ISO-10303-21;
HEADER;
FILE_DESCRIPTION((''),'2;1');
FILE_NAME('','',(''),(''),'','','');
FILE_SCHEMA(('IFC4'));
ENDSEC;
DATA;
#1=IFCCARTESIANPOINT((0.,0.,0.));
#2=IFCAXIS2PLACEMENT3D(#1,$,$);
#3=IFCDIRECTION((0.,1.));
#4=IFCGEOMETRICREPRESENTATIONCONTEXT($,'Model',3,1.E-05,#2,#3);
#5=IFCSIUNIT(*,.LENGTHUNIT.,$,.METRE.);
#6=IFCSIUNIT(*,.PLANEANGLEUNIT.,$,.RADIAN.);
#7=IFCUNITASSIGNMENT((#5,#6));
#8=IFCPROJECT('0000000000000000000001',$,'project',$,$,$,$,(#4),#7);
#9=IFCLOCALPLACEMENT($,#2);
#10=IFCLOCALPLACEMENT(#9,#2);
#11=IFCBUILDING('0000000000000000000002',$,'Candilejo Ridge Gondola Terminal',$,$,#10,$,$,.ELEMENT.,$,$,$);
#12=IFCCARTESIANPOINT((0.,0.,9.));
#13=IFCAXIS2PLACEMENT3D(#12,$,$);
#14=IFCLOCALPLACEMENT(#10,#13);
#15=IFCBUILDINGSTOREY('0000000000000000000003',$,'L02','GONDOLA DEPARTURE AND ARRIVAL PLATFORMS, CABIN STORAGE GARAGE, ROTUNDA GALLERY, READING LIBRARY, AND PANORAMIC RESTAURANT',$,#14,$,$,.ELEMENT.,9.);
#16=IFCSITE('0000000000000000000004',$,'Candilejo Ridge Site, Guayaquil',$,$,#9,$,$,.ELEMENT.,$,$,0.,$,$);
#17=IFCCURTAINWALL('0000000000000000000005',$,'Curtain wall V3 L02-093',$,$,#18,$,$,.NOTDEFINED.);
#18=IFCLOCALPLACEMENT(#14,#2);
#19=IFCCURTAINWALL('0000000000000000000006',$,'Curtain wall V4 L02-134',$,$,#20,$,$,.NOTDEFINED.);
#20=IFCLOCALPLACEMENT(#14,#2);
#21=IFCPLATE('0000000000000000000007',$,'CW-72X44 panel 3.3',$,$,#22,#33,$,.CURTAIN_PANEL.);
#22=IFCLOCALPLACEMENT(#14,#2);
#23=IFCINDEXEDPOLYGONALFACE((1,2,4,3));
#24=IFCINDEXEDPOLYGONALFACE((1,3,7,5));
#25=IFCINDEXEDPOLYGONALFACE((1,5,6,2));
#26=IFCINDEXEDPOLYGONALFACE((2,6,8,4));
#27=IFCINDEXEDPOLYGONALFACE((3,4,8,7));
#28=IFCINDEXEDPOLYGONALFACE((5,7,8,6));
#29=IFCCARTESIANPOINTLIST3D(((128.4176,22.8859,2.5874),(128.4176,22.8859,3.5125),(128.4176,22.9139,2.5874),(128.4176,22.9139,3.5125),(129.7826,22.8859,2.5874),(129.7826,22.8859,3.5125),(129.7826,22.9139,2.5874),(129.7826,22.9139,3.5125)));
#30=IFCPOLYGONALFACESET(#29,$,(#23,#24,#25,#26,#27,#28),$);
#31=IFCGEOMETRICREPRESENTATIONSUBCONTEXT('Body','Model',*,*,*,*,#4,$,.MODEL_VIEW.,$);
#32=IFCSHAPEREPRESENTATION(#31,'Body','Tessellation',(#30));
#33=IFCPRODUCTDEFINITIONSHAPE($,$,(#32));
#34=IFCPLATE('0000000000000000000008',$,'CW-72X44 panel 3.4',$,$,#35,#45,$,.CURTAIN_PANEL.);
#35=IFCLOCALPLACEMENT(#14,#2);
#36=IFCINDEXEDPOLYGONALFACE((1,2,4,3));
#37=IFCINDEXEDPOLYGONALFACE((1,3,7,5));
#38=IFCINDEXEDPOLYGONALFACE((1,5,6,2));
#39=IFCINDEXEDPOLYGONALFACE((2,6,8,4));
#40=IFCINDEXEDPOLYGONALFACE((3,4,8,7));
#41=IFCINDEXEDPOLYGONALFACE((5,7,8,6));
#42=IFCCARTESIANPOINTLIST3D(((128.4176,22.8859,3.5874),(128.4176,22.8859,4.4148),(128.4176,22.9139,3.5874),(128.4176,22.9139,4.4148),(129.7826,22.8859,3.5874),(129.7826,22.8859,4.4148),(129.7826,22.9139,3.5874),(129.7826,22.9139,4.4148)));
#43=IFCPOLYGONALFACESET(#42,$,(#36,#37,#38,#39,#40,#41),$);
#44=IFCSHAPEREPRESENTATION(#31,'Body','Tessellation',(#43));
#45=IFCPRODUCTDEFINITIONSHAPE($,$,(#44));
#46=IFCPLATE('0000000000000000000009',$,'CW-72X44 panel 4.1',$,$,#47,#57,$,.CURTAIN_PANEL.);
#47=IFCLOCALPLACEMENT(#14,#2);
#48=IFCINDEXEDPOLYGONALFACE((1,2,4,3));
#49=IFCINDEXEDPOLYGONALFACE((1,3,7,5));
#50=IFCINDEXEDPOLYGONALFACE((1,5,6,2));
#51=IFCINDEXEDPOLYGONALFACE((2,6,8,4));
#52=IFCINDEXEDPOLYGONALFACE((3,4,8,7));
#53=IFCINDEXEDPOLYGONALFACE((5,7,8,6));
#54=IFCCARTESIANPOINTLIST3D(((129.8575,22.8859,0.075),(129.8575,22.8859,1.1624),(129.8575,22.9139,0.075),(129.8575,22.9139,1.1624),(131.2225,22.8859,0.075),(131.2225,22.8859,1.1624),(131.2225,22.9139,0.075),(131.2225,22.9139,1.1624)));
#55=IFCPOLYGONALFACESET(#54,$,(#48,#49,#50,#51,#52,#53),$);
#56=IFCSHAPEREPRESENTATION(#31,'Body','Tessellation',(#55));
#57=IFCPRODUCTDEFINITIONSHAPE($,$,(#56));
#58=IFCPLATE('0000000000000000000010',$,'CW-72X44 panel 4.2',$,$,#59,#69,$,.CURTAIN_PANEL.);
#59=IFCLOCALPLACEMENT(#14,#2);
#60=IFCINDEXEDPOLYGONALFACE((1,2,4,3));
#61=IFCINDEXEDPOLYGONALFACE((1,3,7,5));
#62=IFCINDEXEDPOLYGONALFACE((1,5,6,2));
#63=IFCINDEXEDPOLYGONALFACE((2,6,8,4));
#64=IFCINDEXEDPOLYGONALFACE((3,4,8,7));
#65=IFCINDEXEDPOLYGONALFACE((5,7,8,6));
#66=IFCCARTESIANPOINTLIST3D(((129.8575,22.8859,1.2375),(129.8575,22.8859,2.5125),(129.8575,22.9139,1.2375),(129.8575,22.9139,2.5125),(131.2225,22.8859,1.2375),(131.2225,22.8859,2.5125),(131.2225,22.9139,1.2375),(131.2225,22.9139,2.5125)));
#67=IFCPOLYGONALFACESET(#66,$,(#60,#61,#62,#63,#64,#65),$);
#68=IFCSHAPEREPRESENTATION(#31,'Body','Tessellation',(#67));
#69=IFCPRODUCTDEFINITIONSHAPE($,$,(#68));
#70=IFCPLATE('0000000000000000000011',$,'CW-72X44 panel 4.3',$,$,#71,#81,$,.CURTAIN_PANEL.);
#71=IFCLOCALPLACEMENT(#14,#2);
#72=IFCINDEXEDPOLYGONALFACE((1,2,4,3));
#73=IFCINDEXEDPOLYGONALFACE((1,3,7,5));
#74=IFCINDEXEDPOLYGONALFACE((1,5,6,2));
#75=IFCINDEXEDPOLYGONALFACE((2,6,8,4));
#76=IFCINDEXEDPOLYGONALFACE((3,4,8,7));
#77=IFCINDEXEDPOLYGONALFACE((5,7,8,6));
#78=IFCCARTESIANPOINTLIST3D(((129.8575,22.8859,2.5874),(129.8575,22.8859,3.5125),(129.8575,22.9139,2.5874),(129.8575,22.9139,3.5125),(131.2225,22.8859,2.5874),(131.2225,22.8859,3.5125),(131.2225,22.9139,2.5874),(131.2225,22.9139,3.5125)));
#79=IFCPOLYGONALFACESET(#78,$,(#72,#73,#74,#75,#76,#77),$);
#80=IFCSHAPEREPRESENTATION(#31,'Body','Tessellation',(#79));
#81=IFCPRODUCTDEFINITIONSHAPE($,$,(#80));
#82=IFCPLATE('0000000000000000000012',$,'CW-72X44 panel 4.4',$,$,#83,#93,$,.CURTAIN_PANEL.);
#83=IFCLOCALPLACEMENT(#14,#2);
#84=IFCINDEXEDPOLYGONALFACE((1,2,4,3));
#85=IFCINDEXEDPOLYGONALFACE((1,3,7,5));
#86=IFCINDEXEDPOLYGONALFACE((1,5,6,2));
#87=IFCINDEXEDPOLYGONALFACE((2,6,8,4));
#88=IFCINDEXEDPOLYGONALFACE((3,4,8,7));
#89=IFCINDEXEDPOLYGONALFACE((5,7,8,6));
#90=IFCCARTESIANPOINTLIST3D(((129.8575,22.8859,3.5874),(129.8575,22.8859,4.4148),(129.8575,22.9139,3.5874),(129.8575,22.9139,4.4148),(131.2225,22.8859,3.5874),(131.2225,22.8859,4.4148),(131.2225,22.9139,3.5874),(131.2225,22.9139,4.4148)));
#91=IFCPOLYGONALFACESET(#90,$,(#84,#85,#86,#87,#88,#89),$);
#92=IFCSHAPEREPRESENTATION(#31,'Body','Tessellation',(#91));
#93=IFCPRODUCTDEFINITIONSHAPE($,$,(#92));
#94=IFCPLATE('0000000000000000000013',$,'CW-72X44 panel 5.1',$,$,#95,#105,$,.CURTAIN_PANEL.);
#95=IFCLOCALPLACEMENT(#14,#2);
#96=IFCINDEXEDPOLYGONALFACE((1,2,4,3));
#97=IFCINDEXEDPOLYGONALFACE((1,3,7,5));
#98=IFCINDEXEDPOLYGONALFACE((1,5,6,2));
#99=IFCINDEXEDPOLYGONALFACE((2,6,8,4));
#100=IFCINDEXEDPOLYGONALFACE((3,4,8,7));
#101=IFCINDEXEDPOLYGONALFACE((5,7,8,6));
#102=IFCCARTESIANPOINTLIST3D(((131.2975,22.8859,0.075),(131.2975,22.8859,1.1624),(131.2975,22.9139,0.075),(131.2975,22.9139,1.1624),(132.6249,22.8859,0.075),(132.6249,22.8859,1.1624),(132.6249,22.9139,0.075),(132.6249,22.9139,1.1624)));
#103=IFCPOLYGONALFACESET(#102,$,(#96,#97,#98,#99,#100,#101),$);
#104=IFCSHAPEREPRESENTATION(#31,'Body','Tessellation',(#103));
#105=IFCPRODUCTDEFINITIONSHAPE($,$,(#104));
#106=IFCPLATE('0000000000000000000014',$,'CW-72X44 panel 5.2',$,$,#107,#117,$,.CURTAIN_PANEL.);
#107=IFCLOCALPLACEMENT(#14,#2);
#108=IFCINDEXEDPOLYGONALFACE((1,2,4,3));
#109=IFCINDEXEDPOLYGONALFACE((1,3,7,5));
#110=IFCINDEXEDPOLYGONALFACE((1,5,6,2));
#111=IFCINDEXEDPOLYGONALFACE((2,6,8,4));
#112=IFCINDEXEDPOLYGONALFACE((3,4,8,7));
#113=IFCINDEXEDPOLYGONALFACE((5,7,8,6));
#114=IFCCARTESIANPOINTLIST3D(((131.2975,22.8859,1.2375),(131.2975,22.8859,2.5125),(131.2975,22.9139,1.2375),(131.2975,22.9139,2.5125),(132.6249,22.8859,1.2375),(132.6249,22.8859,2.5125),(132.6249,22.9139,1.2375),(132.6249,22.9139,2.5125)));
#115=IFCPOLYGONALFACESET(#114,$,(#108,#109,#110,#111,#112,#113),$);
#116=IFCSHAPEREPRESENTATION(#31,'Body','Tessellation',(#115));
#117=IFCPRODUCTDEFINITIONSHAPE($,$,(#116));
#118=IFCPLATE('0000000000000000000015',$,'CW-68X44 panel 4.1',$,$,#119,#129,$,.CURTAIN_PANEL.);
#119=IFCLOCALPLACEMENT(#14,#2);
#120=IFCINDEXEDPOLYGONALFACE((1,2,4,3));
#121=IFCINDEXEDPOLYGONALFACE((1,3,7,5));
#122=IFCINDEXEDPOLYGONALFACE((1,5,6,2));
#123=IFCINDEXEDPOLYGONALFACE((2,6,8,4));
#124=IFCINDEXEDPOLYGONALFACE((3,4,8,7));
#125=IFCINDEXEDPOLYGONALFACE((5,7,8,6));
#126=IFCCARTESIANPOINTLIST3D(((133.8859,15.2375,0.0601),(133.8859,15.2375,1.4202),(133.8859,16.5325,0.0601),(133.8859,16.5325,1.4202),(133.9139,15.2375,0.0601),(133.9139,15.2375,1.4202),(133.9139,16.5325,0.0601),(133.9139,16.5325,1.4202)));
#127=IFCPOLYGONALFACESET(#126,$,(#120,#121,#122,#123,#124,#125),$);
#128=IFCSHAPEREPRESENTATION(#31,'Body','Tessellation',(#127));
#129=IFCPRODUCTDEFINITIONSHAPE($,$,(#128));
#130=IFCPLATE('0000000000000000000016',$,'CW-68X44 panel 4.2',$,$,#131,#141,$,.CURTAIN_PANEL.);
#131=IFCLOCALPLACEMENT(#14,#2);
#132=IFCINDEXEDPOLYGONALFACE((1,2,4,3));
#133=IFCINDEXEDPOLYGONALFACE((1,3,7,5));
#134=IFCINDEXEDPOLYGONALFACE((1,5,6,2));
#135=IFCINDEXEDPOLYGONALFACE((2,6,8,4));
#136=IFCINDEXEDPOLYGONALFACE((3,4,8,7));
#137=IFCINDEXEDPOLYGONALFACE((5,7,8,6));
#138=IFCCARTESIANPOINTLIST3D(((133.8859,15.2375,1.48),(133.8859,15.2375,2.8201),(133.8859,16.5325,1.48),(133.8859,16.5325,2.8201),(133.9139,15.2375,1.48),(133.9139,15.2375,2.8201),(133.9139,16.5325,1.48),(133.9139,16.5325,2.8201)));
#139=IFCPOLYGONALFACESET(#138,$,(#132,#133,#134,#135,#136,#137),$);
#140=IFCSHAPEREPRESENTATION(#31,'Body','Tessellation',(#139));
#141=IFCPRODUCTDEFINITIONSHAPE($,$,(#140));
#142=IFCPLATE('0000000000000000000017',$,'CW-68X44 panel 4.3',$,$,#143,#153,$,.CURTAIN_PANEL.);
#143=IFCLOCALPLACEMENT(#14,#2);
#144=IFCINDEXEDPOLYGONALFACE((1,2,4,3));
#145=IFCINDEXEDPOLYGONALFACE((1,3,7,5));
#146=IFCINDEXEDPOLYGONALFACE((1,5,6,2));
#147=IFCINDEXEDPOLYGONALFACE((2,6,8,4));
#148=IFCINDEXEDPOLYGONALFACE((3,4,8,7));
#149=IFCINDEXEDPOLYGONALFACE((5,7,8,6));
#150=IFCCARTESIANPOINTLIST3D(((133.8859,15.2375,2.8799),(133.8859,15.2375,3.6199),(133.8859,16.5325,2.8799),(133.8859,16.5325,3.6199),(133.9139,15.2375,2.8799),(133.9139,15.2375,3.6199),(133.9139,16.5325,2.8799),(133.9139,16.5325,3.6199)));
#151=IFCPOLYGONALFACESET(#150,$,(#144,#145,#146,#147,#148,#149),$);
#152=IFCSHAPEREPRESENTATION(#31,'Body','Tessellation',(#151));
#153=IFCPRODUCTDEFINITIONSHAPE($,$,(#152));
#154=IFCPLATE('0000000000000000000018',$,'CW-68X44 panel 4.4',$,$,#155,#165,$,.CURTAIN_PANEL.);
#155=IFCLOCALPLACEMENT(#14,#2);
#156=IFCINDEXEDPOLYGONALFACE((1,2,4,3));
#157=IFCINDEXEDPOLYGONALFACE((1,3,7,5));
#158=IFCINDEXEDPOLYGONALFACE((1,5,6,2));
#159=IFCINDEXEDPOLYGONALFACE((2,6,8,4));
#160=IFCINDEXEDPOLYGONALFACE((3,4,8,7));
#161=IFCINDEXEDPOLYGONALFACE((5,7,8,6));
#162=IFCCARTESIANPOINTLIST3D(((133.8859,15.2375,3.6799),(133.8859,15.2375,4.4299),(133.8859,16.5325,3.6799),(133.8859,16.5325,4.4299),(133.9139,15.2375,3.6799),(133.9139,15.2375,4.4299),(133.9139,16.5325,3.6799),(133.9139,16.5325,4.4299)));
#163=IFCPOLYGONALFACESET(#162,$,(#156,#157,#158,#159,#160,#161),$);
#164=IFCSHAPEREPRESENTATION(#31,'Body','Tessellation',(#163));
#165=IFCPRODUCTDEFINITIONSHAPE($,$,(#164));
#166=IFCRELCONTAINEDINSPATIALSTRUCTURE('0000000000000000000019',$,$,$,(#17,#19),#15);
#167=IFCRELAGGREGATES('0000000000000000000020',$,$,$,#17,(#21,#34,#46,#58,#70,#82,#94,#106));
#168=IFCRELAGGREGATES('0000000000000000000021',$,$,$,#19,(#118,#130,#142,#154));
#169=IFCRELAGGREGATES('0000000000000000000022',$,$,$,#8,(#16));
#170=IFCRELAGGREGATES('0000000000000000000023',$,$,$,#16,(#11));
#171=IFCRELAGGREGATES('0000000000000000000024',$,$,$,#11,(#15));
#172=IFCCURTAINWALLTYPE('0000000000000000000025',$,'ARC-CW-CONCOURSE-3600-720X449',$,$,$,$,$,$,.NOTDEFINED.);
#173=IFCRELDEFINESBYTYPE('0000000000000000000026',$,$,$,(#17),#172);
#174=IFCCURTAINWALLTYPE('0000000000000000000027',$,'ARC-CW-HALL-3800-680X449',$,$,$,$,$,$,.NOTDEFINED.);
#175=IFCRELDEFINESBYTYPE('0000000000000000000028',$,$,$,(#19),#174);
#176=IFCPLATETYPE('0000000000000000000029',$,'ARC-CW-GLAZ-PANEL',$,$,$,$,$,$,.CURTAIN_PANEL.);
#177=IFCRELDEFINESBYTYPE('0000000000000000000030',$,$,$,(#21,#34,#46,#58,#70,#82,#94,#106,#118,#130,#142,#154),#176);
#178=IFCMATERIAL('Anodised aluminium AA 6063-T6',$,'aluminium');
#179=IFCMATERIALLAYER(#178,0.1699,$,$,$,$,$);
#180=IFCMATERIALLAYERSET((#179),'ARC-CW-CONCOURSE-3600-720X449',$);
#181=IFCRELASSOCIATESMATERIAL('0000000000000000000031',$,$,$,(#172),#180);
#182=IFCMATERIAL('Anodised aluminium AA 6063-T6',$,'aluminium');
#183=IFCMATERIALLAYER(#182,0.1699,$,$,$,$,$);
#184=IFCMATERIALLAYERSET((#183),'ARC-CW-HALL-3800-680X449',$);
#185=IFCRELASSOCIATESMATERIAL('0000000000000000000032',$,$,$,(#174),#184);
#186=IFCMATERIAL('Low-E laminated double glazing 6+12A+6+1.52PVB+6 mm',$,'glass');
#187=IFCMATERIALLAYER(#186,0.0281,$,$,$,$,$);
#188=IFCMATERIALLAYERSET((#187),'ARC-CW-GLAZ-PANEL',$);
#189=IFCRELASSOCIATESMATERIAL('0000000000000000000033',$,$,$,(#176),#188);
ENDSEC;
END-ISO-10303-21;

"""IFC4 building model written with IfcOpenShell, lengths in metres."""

from ifc_helpers import new_model, si_unit, direction, frame, origin, origin_2d, place, context, subcontext, project, spatial, rectangle, extrude, material, layer, layer_set, type_object, element, aggregate, save


model = new_model("IFC4")

# Units and contexts
model_context = context("Model", 3, precision=1e-05, world=origin(), true_north=direction((0.0, 1.0)))
body_context = subcontext(model_context, "Body", "Model", "MODEL_VIEW")
ifc_project = project(units=[si_unit("LENGTHUNIT", "METRE"), si_unit("PLANEANGLEUNIT", "RADIAN")], contexts=[model_context])

# Site, building, storey
site_placement = place(None, origin())
site = spatial("IfcSite", under=ifc_project, at=site_placement, Name="Candilejo Ridge Site, Guayaquil", CompositionType="ELEMENT", RefElevation=0.0)
building_placement = place(site_placement, origin())
building = spatial("IfcBuilding", under=site, at=building_placement, Name="Candilejo Ridge Gondola Terminal", CompositionType="ELEMENT")
storey_placement = place(building_placement, frame((0.0, 0.0, 9.0)))
storey = spatial("IfcBuildingStorey", under=building, at=storey_placement, Name="L02", Description="GONDOLA DEPARTURE AND ARRIVAL PLATFORMS, CABIN STORAGE GARAGE, ROTUNDA GALLERY, READING LIBRARY, AND PANORAMIC RESTAURANT", CompositionType="ELEMENT", Elevation=9.0)

# Curtain walls
ifc_material_1 = material(Name="Anodised aluminium AA 6063-T6", Category="aluminium")
ifc_layer_1 = layer(ifc_material_1, 0.1699)
ifc_layer_set_1 = layer_set([ifc_layer_1], Name="ARC-CW-CONCOURSE-3600-720X449")
curtain_wall_type_1 = type_object("IfcCurtainWallType", Name="ARC-CW-CONCOURSE-3600-720X449", PredefinedType="NOTDEFINED", material=ifc_layer_set_1)
curtain_wall_1_placement = place(storey_placement, origin())
curtain_wall_1 = element("IfcCurtainWall", 1, at=curtain_wall_1_placement, inside=storey, type_object=curtain_wall_type_1, Name="Curtain wall V3 L02-093", PredefinedType="NOTDEFINED")
ifc_material_2 = material(Name="Anodised aluminium AA 6063-T6", Category="aluminium")
ifc_layer_2 = layer(ifc_material_2, 0.1699)
ifc_layer_set_2 = layer_set([ifc_layer_2], Name="ARC-CW-HALL-3800-680X449")
curtain_wall_type_2 = type_object("IfcCurtainWallType", Name="ARC-CW-HALL-3800-680X449", PredefinedType="NOTDEFINED", material=ifc_layer_set_2)
curtain_wall_2_placement = place(storey_placement, origin())
curtain_wall_2 = element("IfcCurtainWall", 2, at=curtain_wall_2_placement, inside=storey, type_object=curtain_wall_type_2, Name="Curtain wall V4 L02-134", PredefinedType="NOTDEFINED")

# Plates
ifc_material_3 = material(Name="Low-E laminated double glazing 6+12A+6+1.52PVB+6 mm", Category="glass")
ifc_layer_3 = layer(ifc_material_3, 0.0281)
ifc_layer_set_3 = layer_set([ifc_layer_3], Name="ARC-CW-GLAZ-PANEL")
plate_type = type_object("IfcPlateType", Name="ARC-CW-GLAZ-PANEL", PredefinedType="CURTAIN_PANEL", material=ifc_layer_set_3)
plate_1_placement = place(storey_placement, frame((129.1001, 22.8999, 2.5874), z_axis=(0.0, 0.0, 1.0), x_axis=(1.0, 0.0, 0.0)))
plate_1 = element("IfcPlate", 3, at=plate_1_placement, type_object=plate_type, Name="CW-72X44 panel 3.3", PredefinedType="CURTAIN_PANEL", context=body_context, shape_type="SweptSolid", body=[
    extrude(rectangle(XDim=1.365, YDim=0.0281, at=origin_2d()), origin(), (0.0, 0.0, 1.0), 0.925),
])
plate_2_placement = place(storey_placement, frame((129.1001, 22.8999, 3.5874), z_axis=(0.0, 0.0, 1.0), x_axis=(1.0, 0.0, 0.0)))
plate_2 = element("IfcPlate", 4, at=plate_2_placement, type_object=plate_type, Name="CW-72X44 panel 3.4", PredefinedType="CURTAIN_PANEL", context=body_context, shape_type="SweptSolid", body=[
    extrude(rectangle(XDim=1.365, YDim=0.0281, at=origin_2d()), origin(), (0.0, 0.0, 1.0), 0.8274),
])
plate_3_placement = place(storey_placement, frame((130.54, 22.8999, 0.075), z_axis=(0.0, 0.0, 1.0), x_axis=(1.0, 0.0, 0.0)))
plate_3 = element("IfcPlate", 5, at=plate_3_placement, type_object=plate_type, Name="CW-72X44 panel 4.1", PredefinedType="CURTAIN_PANEL", context=body_context, shape_type="SweptSolid", body=[
    extrude(rectangle(XDim=1.365, YDim=0.0281, at=origin_2d()), origin(), (0.0, 0.0, 1.0), 1.0874),
])
plate_4_placement = place(storey_placement, frame((130.54, 22.8999, 1.2375), z_axis=(0.0, 0.0, 1.0), x_axis=(1.0, 0.0, 0.0)))
plate_4 = element("IfcPlate", 6, at=plate_4_placement, type_object=plate_type, Name="CW-72X44 panel 4.2", PredefinedType="CURTAIN_PANEL", context=body_context, shape_type="SweptSolid", body=[
    extrude(rectangle(XDim=1.365, YDim=0.0281, at=origin_2d()), origin(), (0.0, 0.0, 1.0), 1.2749),
])
plate_5_placement = place(storey_placement, frame((130.54, 22.8999, 2.5874), z_axis=(0.0, 0.0, 1.0), x_axis=(1.0, 0.0, 0.0)))
plate_5 = element("IfcPlate", 7, at=plate_5_placement, type_object=plate_type, Name="CW-72X44 panel 4.3", PredefinedType="CURTAIN_PANEL", context=body_context, shape_type="SweptSolid", body=[
    extrude(rectangle(XDim=1.365, YDim=0.0281, at=origin_2d()), origin(), (0.0, 0.0, 1.0), 0.925),
])
plate_6_placement = place(storey_placement, frame((130.54, 22.8999, 3.5874), z_axis=(0.0, 0.0, 1.0), x_axis=(1.0, 0.0, 0.0)))
plate_6 = element("IfcPlate", 8, at=plate_6_placement, type_object=plate_type, Name="CW-72X44 panel 4.4", PredefinedType="CURTAIN_PANEL", context=body_context, shape_type="SweptSolid", body=[
    extrude(rectangle(XDim=1.365, YDim=0.0281, at=origin_2d()), origin(), (0.0, 0.0, 1.0), 0.8274),
])
plate_7_placement = place(storey_placement, frame((131.9612, 22.8999, 0.075), z_axis=(0.0, 0.0, 1.0), x_axis=(1.0, 0.0, 0.0)))
plate_7 = element("IfcPlate", 9, at=plate_7_placement, type_object=plate_type, Name="CW-72X44 panel 5.1", PredefinedType="CURTAIN_PANEL", context=body_context, shape_type="SweptSolid", body=[
    extrude(rectangle(XDim=1.3274, YDim=0.0281, at=origin_2d()), origin(), (0.0, 0.0, 1.0), 1.0874),
])
plate_8_placement = place(storey_placement, frame((131.9612, 22.8999, 1.2375), z_axis=(0.0, 0.0, 1.0), x_axis=(1.0, 0.0, 0.0)))
plate_8 = element("IfcPlate", 10, at=plate_8_placement, type_object=plate_type, Name="CW-72X44 panel 5.2", PredefinedType="CURTAIN_PANEL", context=body_context, shape_type="SweptSolid", body=[
    extrude(rectangle(XDim=1.3274, YDim=0.0281, at=origin_2d()), origin(), (0.0, 0.0, 1.0), 1.2749),
])
aggregate(curtain_wall_1, [plate_1, plate_2, plate_3, plate_4, plate_5, plate_6, plate_7, plate_8])
plate_9_placement = place(storey_placement, frame((133.8999, 15.885, 0.0601), z_axis=(0.0, 0.0, 1.0), x_axis=(0.0, 1.0, 0.0)))
plate_9 = element("IfcPlate", 11, at=plate_9_placement, type_object=plate_type, Name="CW-68X44 panel 4.1", PredefinedType="CURTAIN_PANEL", context=body_context, shape_type="SweptSolid", body=[
    extrude(rectangle(XDim=1.2949, YDim=0.0281, at=origin_2d()), origin(), (0.0, 0.0, 1.0), 1.3601),
])
plate_10_placement = place(storey_placement, frame((133.8999, 15.885, 1.48), z_axis=(0.0, 0.0, 1.0), x_axis=(0.0, 1.0, 0.0)))
plate_10 = element("IfcPlate", 12, at=plate_10_placement, type_object=plate_type, Name="CW-68X44 panel 4.2", PredefinedType="CURTAIN_PANEL", context=body_context, shape_type="SweptSolid", body=[
    extrude(rectangle(XDim=1.2949, YDim=0.0281, at=origin_2d()), origin(), (0.0, 0.0, 1.0), 1.3401),
])
plate_11_placement = place(storey_placement, frame((133.8999, 15.885, 2.8799), z_axis=(0.0, 0.0, 1.0), x_axis=(0.0, 1.0, 0.0)))
plate_11 = element("IfcPlate", 13, at=plate_11_placement, type_object=plate_type, Name="CW-68X44 panel 4.3", PredefinedType="CURTAIN_PANEL", context=body_context, shape_type="SweptSolid", body=[
    extrude(rectangle(XDim=1.2949, YDim=0.0281, at=origin_2d()), origin(), (0.0, 0.0, 1.0), 0.74),
])
plate_12_placement = place(storey_placement, frame((133.8999, 15.885, 3.6799), z_axis=(0.0, 0.0, 1.0), x_axis=(0.0, 1.0, 0.0)))
plate_12 = element("IfcPlate", 14, at=plate_12_placement, type_object=plate_type, Name="CW-68X44 panel 4.4", PredefinedType="CURTAIN_PANEL", context=body_context, shape_type="SweptSolid", body=[
    extrude(rectangle(XDim=1.2949, YDim=0.0281, at=origin_2d()), origin(), (0.0, 0.0, 1.0), 0.75),
])
aggregate(curtain_wall_2, [plate_9, plate_10, plate_11, plate_12])

save(model, "model.ifc")
